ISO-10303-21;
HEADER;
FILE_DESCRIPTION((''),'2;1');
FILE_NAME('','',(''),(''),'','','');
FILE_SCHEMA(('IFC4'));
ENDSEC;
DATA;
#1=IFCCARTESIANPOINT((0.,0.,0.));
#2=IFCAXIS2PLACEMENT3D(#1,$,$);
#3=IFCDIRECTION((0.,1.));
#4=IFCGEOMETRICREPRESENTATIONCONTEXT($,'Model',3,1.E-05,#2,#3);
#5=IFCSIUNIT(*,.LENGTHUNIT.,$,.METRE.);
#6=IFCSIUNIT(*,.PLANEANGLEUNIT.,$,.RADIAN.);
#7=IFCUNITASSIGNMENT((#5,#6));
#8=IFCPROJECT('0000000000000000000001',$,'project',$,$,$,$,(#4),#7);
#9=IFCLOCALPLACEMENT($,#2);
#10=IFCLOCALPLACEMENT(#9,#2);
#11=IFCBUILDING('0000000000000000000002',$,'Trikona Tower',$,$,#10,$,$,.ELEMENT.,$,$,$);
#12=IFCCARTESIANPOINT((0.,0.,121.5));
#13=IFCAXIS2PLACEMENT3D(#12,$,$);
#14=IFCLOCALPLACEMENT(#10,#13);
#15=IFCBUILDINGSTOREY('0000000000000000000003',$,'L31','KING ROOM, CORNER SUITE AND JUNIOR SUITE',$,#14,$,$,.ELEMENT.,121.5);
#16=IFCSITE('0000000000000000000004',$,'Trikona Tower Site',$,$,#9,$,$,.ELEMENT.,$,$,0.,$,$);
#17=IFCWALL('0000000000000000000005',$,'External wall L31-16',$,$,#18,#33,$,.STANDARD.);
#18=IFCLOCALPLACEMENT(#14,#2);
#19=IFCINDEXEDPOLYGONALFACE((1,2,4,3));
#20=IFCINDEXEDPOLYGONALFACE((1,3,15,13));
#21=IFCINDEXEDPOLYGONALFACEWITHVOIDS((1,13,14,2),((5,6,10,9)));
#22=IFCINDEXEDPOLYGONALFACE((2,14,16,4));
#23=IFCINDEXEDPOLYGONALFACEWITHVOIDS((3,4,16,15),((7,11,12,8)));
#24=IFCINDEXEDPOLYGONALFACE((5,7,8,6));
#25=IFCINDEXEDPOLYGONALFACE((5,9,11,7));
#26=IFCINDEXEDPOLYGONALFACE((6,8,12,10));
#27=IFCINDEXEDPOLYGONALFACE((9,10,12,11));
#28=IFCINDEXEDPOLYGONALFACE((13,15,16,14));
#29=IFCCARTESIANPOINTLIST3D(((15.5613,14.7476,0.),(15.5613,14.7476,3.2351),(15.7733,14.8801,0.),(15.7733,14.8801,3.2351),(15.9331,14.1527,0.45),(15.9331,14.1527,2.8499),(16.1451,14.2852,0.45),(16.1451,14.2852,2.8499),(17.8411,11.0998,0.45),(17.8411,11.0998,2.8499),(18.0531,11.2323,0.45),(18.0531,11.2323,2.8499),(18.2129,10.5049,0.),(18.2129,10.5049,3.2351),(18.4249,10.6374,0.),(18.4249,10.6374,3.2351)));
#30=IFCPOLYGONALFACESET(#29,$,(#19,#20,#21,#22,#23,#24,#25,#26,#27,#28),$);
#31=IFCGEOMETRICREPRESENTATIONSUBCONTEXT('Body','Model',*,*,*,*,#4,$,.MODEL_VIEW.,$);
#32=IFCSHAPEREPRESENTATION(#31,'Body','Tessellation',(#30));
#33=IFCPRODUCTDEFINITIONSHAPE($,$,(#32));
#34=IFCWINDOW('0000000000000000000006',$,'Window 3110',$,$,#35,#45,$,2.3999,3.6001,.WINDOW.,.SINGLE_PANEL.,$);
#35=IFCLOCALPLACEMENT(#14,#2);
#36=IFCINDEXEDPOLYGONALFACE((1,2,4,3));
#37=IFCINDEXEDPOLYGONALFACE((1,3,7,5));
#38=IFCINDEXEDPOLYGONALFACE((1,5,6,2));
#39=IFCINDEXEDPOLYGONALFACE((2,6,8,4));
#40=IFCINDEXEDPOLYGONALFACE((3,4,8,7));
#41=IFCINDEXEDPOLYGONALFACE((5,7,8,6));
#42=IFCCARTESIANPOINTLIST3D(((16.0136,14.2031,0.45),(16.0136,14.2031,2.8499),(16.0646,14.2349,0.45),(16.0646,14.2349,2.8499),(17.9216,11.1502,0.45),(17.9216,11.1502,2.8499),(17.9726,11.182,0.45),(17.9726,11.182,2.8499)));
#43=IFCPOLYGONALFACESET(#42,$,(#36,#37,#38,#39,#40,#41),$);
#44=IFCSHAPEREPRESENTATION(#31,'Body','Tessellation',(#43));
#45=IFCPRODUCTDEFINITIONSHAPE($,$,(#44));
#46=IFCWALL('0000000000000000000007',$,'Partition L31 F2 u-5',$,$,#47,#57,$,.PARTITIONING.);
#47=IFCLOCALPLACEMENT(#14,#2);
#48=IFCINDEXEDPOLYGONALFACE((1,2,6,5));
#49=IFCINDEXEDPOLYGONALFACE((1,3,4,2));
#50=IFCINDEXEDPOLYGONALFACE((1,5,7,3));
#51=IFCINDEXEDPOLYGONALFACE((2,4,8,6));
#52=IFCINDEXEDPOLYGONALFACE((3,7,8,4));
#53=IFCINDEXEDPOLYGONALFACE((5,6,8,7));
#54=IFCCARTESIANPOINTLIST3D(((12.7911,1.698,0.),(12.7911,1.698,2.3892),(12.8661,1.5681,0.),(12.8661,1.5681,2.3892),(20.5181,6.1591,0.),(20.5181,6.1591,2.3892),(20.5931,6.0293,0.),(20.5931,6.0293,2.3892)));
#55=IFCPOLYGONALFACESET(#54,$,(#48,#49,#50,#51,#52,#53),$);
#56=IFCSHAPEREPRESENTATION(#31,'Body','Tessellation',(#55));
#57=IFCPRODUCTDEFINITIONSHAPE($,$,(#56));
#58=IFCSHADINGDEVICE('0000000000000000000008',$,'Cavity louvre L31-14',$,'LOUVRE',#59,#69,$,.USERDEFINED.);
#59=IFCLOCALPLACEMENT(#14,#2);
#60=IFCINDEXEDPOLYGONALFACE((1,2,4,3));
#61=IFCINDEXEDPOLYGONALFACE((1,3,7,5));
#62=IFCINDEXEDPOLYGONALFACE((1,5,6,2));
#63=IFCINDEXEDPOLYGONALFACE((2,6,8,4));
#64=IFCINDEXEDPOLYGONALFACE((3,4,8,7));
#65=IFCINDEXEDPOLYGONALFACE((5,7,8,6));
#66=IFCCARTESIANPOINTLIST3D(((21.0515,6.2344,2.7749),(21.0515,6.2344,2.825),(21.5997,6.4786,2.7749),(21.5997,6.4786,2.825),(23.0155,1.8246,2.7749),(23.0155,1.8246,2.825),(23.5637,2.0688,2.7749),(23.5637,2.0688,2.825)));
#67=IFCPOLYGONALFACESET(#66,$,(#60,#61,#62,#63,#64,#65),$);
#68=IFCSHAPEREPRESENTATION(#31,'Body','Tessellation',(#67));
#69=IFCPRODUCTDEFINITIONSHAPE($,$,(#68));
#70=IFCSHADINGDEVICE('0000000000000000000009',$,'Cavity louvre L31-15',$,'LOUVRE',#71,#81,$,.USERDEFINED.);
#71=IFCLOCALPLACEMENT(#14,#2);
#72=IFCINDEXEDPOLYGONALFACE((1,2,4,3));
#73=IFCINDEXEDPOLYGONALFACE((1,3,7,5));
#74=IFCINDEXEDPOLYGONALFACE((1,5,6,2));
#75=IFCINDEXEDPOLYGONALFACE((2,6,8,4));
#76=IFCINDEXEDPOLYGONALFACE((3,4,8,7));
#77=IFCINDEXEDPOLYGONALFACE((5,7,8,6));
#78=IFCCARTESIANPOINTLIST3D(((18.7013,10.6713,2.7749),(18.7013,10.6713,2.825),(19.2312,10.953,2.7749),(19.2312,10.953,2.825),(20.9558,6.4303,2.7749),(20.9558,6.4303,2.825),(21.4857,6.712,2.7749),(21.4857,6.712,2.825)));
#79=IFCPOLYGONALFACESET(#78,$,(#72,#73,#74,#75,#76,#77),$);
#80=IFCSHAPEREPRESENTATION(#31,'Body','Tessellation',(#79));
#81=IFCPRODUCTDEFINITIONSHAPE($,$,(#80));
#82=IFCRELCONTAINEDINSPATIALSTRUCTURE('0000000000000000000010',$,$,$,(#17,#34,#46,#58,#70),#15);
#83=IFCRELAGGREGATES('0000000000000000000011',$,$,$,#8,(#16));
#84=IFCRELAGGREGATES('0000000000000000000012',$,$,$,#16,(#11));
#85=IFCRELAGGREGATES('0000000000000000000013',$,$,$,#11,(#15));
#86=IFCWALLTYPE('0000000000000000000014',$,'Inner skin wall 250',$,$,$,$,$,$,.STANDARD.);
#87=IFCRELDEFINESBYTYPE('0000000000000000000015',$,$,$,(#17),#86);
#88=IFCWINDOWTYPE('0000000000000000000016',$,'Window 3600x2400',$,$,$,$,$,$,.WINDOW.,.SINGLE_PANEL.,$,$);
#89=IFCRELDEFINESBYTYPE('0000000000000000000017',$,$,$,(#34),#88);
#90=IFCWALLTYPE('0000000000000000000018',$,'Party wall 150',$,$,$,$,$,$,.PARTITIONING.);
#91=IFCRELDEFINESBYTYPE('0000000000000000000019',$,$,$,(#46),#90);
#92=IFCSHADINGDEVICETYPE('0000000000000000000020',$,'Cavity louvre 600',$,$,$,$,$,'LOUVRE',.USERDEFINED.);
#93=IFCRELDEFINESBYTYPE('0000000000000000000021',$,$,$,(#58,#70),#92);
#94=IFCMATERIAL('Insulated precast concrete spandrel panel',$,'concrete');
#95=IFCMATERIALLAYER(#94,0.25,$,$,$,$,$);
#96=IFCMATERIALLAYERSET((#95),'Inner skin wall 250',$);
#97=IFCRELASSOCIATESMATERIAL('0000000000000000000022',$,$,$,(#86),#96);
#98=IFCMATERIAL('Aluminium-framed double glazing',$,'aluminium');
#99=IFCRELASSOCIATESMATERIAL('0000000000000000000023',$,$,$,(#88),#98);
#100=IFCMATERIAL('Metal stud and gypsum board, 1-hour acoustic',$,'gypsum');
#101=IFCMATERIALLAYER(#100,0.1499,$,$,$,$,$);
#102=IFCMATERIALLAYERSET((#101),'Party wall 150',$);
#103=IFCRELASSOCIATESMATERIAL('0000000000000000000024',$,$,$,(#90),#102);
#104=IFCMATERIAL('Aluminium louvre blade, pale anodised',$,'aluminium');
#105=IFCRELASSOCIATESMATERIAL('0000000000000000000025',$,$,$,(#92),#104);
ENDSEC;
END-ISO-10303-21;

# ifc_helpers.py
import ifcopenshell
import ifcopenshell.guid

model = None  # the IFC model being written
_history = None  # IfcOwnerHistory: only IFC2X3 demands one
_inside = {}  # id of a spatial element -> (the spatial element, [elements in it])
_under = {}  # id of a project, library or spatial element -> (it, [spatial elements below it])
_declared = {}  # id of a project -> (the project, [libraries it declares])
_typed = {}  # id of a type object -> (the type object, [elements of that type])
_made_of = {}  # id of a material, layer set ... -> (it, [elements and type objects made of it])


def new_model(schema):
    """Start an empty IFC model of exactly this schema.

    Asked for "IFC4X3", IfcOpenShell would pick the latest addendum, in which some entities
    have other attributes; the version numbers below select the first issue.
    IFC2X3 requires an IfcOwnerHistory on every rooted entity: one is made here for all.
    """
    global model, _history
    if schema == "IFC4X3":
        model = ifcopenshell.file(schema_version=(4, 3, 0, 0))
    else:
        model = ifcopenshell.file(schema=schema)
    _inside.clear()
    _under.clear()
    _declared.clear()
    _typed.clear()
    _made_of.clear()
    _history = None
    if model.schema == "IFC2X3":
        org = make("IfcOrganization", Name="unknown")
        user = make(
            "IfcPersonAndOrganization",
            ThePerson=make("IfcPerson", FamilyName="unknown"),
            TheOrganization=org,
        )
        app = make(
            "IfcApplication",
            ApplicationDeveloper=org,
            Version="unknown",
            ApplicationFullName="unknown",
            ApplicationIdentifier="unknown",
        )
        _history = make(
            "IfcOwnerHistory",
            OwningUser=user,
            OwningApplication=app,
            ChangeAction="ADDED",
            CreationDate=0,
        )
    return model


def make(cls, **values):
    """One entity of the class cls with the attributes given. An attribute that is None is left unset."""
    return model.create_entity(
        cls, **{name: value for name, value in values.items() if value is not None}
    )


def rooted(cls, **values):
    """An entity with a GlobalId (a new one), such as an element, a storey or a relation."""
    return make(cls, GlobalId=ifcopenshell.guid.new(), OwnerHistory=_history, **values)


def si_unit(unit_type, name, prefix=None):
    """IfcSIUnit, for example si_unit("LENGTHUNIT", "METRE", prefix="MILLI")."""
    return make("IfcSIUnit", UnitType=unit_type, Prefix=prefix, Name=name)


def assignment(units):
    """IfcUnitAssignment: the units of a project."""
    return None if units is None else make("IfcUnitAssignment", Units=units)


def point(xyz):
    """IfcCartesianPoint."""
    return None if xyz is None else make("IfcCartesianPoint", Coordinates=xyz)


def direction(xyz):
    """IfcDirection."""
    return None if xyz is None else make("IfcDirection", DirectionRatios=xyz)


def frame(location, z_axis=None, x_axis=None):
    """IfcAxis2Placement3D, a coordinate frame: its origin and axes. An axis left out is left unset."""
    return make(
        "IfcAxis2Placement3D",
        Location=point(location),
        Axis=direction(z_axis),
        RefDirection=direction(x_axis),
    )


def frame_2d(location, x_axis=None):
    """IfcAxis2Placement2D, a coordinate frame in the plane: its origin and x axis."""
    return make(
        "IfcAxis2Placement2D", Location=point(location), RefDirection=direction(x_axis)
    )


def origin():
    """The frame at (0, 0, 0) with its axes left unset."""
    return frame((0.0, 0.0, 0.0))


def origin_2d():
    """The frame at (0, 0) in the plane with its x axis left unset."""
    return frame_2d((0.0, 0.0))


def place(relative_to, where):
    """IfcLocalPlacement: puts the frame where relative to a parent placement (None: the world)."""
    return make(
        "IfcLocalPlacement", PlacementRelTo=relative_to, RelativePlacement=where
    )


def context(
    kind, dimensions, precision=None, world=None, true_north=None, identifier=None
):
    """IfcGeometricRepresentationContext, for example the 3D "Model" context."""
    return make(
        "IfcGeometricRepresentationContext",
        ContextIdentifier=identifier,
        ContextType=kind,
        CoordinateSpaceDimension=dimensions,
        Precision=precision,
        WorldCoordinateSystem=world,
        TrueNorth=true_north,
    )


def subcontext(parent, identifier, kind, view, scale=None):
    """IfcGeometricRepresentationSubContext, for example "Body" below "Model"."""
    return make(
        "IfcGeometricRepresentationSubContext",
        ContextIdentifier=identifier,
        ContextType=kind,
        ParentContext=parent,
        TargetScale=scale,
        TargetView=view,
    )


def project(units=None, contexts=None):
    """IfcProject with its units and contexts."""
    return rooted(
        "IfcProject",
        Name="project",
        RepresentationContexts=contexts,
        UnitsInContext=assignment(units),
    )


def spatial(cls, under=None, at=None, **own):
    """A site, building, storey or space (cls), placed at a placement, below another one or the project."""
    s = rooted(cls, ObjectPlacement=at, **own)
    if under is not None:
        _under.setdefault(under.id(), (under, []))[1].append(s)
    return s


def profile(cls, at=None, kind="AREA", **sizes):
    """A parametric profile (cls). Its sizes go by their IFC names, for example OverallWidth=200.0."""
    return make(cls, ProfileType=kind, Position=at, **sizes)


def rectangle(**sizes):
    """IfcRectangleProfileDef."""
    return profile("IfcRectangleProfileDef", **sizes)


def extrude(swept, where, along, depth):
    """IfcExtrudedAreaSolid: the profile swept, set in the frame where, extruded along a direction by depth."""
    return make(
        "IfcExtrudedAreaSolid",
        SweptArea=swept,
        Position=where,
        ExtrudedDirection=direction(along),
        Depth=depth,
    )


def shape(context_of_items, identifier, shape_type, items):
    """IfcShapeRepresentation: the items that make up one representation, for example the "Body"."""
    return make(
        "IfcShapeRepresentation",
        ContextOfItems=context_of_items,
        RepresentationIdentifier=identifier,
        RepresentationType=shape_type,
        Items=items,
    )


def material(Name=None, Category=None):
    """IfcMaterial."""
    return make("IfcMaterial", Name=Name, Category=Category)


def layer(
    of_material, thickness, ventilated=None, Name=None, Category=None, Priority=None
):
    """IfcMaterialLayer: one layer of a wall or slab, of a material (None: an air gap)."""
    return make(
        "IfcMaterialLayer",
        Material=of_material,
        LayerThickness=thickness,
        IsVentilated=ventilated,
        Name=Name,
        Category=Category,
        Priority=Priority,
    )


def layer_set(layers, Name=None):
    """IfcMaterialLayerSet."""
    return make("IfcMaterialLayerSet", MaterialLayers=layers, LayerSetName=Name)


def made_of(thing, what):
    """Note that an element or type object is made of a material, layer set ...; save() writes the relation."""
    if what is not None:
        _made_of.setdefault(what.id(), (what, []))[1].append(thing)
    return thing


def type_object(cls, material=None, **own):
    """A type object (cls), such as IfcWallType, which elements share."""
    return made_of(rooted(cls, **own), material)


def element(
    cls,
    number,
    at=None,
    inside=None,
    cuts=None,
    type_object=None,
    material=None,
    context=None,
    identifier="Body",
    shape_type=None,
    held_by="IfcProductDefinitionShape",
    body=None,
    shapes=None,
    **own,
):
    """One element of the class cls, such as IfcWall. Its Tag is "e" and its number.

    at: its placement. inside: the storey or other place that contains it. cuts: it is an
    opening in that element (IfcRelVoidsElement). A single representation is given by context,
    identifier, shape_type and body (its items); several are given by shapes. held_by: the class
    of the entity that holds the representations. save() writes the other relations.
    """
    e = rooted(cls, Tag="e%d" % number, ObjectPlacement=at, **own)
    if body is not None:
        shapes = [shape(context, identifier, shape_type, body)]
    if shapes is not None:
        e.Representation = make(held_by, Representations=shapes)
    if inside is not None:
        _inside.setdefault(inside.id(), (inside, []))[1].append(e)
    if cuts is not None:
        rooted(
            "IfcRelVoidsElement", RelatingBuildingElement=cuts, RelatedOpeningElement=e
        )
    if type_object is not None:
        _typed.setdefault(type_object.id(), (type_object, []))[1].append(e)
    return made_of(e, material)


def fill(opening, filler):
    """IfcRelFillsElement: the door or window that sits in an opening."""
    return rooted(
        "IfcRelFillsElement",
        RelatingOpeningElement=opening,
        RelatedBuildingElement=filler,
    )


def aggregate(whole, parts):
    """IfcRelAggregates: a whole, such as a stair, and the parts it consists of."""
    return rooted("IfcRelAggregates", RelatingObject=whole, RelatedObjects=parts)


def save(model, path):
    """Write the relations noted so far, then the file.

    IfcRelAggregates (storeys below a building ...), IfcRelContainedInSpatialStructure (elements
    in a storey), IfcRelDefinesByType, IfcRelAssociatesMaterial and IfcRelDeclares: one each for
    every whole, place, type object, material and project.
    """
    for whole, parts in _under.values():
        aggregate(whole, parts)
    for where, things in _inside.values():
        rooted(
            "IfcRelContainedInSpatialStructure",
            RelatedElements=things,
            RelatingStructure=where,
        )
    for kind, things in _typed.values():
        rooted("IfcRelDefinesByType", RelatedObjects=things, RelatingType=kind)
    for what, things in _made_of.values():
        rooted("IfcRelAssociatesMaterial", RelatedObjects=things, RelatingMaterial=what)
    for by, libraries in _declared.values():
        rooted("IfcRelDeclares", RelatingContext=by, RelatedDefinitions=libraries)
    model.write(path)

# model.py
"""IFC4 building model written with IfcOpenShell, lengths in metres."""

from ifc_helpers import new_model, si_unit, direction, frame, frame_2d, origin, origin_2d, place, context, subcontext, project, spatial, rectangle, extrude, material, layer, layer_set, type_object, element, fill, save


model = new_model("IFC4")

# Units and contexts
model_context = context("Model", 3, precision=1e-05, world=origin(), true_north=direction((0.0, 1.0)))
body_context = subcontext(model_context, "Body", "Model", "MODEL_VIEW")
ifc_project = project(units=[si_unit("LENGTHUNIT", "METRE"), si_unit("PLANEANGLEUNIT", "RADIAN")], contexts=[model_context])

# Site, building, storey
site_placement = place(None, origin())
site = spatial("IfcSite", under=ifc_project, at=site_placement, Name="Trikona Tower Site", CompositionType="ELEMENT", RefElevation=0.0)
building_placement = place(site_placement, origin())
building = spatial("IfcBuilding", under=site, at=building_placement, Name="Trikona Tower", CompositionType="ELEMENT")
storey_placement = place(building_placement, frame((0.0, 0.0, 121.5)))
storey = spatial("IfcBuildingStorey", under=building, at=storey_placement, Name="L31", Description="KING ROOM, CORNER SUITE AND JUNIOR SUITE", CompositionType="ELEMENT", Elevation=121.5)

# Wall, opening, window
ifc_material_1 = material(Name="Insulated precast concrete spandrel panel", Category="concrete")
ifc_layer_1 = layer(ifc_material_1, 0.25)
ifc_layer_set_1 = layer_set([ifc_layer_1], Name="Inner skin wall 250")
wall_type_1 = type_object("IfcWallType", Name="Inner skin wall 250", PredefinedType="STANDARD", material=ifc_layer_set_1)
ifc_material_2 = material(Name="Aluminium-framed double glazing", Category="aluminium")
window_type = type_object("IfcWindowType", Name="Window 3600x2400", PartitioningType="SINGLE_PANEL", PredefinedType="WINDOW", material=ifc_material_2)
wall_1_placement = place(storey_placement, frame((18.3188, 10.5713, 0.0), z_axis=(0.0, 0.0, 1.0), x_axis=(-0.52999, 0.848004, 0.0)))
wall_1 = element("IfcWall", 1, at=wall_1_placement, inside=storey, type_object=wall_type_1, Name="External wall L31-16", PredefinedType="STANDARD", context=body_context, shape_type="SweptSolid", body=[
    extrude(rectangle(XDim=5.0032, YDim=0.25, at=frame_2d((2.5015, 0.0))), origin(), (0.0, 0.0, 1.0), 3.2351),
])
opening_1_placement = place(wall_1_placement, frame((0.7014, 0.0, 0.45)))
opening_1 = element("IfcOpeningElement", 2, at=opening_1_placement, cuts=wall_1, PredefinedType="OPENING", context=body_context, shape_type="SweptSolid", body=[
    extrude(rectangle(XDim=3.6001, YDim=2.3999, at=frame_2d((1.8, 1.2))), frame((0.0, 0.135, 0.0), z_axis=(0.0, -1.0, 0.0), x_axis=(1.0, 0.0, 0.0)), (0.0, 0.0, 1.0), 0.27),
])
window_1_placement = place(opening_1_placement, origin())
window_1 = element("IfcWindow", 3, at=window_1_placement, inside=storey, type_object=window_type, Name="Window 3110", OverallHeight=2.3999, OverallWidth=3.6001, PartitioningType="SINGLE_PANEL", PredefinedType="WINDOW", context=body_context, shape_type="SweptSolid", body=[
    extrude(rectangle(XDim=3.6001, YDim=2.3999, at=frame_2d((1.8, 1.2))), frame((0.0, 0.03, 0.0), z_axis=(0.0, -1.0, 0.0), x_axis=(1.0, 0.0, 0.0)), (0.0, 0.0, 1.0), 0.0601),
])
fill(opening_1, window_1)

# Wall
ifc_material_3 = material(Name="Metal stud and gypsum board, 1-hour acoustic", Category="gypsum")
ifc_layer_2 = layer(ifc_material_3, 0.1499)
ifc_layer_set_2 = layer_set([ifc_layer_2], Name="Party wall 150")
wall_type_2 = type_object("IfcWallType", Name="Party wall 150", PredefinedType="PARTITIONING", material=ifc_layer_set_2)
wall_2_placement = place(storey_placement, frame((12.8286, 1.6331, 0.0), z_axis=(0.0, 0.0, 1.0), x_axis=(0.866027, 0.499997, 0.0)))
element("IfcWall", 4, at=wall_2_placement, inside=storey, type_object=wall_type_2, Name="Partition L31 F2 u-5", PredefinedType="PARTITIONING", context=body_context, shape_type="SweptSolid", body=[
    extrude(rectangle(XDim=8.9224, YDim=0.1499, at=frame_2d((4.4612, 0.0))), origin(), (0.0, 0.0, 1.0), 2.3892),
])

# Shading devices
ifc_material_4 = material(Name="Aluminium louvre blade, pale anodised", Category="aluminium")
shading_device_type = type_object("IfcShadingDeviceType", Name="Cavity louvre 600", ElementType="LOUVRE", PredefinedType="USERDEFINED", material=ifc_material_4)
shading_device_1_placement = place(storey_placement, frame((22.3076, 4.1516, 2.7749), z_axis=(0.0, 0.0, 1.0), x_axis=(-0.406843, 0.913498, 0.0)))
element("IfcShadingDevice", 5, at=shading_device_1_placement, inside=storey, type_object=shading_device_type, Name="Cavity louvre L31-14", ObjectType="LOUVRE", PredefinedType="USERDEFINED", context=body_context, shape_type="SweptSolid", body=[
    extrude(rectangle(XDim=4.8274, YDim=0.6001, at=origin_2d()), origin(), (0.0, 0.0, 1.0), 0.05),
])
shading_device_2_placement = place(storey_placement, frame((20.0935, 8.6917, 2.7749), z_axis=(0.0, 0.0, 1.0), x_axis=(-0.469398, 0.882987, 0.0)))
element("IfcShadingDevice", 6, at=shading_device_2_placement, inside=storey, type_object=shading_device_type, Name="Cavity louvre L31-15", ObjectType="LOUVRE", PredefinedType="USERDEFINED", context=body_context, shape_type="SweptSolid", body=[
    extrude(rectangle(XDim=4.803, YDim=0.6001, at=origin_2d()), origin(), (0.0, 0.0, 1.0), 0.05),
])

save(model, "model.ifc")
